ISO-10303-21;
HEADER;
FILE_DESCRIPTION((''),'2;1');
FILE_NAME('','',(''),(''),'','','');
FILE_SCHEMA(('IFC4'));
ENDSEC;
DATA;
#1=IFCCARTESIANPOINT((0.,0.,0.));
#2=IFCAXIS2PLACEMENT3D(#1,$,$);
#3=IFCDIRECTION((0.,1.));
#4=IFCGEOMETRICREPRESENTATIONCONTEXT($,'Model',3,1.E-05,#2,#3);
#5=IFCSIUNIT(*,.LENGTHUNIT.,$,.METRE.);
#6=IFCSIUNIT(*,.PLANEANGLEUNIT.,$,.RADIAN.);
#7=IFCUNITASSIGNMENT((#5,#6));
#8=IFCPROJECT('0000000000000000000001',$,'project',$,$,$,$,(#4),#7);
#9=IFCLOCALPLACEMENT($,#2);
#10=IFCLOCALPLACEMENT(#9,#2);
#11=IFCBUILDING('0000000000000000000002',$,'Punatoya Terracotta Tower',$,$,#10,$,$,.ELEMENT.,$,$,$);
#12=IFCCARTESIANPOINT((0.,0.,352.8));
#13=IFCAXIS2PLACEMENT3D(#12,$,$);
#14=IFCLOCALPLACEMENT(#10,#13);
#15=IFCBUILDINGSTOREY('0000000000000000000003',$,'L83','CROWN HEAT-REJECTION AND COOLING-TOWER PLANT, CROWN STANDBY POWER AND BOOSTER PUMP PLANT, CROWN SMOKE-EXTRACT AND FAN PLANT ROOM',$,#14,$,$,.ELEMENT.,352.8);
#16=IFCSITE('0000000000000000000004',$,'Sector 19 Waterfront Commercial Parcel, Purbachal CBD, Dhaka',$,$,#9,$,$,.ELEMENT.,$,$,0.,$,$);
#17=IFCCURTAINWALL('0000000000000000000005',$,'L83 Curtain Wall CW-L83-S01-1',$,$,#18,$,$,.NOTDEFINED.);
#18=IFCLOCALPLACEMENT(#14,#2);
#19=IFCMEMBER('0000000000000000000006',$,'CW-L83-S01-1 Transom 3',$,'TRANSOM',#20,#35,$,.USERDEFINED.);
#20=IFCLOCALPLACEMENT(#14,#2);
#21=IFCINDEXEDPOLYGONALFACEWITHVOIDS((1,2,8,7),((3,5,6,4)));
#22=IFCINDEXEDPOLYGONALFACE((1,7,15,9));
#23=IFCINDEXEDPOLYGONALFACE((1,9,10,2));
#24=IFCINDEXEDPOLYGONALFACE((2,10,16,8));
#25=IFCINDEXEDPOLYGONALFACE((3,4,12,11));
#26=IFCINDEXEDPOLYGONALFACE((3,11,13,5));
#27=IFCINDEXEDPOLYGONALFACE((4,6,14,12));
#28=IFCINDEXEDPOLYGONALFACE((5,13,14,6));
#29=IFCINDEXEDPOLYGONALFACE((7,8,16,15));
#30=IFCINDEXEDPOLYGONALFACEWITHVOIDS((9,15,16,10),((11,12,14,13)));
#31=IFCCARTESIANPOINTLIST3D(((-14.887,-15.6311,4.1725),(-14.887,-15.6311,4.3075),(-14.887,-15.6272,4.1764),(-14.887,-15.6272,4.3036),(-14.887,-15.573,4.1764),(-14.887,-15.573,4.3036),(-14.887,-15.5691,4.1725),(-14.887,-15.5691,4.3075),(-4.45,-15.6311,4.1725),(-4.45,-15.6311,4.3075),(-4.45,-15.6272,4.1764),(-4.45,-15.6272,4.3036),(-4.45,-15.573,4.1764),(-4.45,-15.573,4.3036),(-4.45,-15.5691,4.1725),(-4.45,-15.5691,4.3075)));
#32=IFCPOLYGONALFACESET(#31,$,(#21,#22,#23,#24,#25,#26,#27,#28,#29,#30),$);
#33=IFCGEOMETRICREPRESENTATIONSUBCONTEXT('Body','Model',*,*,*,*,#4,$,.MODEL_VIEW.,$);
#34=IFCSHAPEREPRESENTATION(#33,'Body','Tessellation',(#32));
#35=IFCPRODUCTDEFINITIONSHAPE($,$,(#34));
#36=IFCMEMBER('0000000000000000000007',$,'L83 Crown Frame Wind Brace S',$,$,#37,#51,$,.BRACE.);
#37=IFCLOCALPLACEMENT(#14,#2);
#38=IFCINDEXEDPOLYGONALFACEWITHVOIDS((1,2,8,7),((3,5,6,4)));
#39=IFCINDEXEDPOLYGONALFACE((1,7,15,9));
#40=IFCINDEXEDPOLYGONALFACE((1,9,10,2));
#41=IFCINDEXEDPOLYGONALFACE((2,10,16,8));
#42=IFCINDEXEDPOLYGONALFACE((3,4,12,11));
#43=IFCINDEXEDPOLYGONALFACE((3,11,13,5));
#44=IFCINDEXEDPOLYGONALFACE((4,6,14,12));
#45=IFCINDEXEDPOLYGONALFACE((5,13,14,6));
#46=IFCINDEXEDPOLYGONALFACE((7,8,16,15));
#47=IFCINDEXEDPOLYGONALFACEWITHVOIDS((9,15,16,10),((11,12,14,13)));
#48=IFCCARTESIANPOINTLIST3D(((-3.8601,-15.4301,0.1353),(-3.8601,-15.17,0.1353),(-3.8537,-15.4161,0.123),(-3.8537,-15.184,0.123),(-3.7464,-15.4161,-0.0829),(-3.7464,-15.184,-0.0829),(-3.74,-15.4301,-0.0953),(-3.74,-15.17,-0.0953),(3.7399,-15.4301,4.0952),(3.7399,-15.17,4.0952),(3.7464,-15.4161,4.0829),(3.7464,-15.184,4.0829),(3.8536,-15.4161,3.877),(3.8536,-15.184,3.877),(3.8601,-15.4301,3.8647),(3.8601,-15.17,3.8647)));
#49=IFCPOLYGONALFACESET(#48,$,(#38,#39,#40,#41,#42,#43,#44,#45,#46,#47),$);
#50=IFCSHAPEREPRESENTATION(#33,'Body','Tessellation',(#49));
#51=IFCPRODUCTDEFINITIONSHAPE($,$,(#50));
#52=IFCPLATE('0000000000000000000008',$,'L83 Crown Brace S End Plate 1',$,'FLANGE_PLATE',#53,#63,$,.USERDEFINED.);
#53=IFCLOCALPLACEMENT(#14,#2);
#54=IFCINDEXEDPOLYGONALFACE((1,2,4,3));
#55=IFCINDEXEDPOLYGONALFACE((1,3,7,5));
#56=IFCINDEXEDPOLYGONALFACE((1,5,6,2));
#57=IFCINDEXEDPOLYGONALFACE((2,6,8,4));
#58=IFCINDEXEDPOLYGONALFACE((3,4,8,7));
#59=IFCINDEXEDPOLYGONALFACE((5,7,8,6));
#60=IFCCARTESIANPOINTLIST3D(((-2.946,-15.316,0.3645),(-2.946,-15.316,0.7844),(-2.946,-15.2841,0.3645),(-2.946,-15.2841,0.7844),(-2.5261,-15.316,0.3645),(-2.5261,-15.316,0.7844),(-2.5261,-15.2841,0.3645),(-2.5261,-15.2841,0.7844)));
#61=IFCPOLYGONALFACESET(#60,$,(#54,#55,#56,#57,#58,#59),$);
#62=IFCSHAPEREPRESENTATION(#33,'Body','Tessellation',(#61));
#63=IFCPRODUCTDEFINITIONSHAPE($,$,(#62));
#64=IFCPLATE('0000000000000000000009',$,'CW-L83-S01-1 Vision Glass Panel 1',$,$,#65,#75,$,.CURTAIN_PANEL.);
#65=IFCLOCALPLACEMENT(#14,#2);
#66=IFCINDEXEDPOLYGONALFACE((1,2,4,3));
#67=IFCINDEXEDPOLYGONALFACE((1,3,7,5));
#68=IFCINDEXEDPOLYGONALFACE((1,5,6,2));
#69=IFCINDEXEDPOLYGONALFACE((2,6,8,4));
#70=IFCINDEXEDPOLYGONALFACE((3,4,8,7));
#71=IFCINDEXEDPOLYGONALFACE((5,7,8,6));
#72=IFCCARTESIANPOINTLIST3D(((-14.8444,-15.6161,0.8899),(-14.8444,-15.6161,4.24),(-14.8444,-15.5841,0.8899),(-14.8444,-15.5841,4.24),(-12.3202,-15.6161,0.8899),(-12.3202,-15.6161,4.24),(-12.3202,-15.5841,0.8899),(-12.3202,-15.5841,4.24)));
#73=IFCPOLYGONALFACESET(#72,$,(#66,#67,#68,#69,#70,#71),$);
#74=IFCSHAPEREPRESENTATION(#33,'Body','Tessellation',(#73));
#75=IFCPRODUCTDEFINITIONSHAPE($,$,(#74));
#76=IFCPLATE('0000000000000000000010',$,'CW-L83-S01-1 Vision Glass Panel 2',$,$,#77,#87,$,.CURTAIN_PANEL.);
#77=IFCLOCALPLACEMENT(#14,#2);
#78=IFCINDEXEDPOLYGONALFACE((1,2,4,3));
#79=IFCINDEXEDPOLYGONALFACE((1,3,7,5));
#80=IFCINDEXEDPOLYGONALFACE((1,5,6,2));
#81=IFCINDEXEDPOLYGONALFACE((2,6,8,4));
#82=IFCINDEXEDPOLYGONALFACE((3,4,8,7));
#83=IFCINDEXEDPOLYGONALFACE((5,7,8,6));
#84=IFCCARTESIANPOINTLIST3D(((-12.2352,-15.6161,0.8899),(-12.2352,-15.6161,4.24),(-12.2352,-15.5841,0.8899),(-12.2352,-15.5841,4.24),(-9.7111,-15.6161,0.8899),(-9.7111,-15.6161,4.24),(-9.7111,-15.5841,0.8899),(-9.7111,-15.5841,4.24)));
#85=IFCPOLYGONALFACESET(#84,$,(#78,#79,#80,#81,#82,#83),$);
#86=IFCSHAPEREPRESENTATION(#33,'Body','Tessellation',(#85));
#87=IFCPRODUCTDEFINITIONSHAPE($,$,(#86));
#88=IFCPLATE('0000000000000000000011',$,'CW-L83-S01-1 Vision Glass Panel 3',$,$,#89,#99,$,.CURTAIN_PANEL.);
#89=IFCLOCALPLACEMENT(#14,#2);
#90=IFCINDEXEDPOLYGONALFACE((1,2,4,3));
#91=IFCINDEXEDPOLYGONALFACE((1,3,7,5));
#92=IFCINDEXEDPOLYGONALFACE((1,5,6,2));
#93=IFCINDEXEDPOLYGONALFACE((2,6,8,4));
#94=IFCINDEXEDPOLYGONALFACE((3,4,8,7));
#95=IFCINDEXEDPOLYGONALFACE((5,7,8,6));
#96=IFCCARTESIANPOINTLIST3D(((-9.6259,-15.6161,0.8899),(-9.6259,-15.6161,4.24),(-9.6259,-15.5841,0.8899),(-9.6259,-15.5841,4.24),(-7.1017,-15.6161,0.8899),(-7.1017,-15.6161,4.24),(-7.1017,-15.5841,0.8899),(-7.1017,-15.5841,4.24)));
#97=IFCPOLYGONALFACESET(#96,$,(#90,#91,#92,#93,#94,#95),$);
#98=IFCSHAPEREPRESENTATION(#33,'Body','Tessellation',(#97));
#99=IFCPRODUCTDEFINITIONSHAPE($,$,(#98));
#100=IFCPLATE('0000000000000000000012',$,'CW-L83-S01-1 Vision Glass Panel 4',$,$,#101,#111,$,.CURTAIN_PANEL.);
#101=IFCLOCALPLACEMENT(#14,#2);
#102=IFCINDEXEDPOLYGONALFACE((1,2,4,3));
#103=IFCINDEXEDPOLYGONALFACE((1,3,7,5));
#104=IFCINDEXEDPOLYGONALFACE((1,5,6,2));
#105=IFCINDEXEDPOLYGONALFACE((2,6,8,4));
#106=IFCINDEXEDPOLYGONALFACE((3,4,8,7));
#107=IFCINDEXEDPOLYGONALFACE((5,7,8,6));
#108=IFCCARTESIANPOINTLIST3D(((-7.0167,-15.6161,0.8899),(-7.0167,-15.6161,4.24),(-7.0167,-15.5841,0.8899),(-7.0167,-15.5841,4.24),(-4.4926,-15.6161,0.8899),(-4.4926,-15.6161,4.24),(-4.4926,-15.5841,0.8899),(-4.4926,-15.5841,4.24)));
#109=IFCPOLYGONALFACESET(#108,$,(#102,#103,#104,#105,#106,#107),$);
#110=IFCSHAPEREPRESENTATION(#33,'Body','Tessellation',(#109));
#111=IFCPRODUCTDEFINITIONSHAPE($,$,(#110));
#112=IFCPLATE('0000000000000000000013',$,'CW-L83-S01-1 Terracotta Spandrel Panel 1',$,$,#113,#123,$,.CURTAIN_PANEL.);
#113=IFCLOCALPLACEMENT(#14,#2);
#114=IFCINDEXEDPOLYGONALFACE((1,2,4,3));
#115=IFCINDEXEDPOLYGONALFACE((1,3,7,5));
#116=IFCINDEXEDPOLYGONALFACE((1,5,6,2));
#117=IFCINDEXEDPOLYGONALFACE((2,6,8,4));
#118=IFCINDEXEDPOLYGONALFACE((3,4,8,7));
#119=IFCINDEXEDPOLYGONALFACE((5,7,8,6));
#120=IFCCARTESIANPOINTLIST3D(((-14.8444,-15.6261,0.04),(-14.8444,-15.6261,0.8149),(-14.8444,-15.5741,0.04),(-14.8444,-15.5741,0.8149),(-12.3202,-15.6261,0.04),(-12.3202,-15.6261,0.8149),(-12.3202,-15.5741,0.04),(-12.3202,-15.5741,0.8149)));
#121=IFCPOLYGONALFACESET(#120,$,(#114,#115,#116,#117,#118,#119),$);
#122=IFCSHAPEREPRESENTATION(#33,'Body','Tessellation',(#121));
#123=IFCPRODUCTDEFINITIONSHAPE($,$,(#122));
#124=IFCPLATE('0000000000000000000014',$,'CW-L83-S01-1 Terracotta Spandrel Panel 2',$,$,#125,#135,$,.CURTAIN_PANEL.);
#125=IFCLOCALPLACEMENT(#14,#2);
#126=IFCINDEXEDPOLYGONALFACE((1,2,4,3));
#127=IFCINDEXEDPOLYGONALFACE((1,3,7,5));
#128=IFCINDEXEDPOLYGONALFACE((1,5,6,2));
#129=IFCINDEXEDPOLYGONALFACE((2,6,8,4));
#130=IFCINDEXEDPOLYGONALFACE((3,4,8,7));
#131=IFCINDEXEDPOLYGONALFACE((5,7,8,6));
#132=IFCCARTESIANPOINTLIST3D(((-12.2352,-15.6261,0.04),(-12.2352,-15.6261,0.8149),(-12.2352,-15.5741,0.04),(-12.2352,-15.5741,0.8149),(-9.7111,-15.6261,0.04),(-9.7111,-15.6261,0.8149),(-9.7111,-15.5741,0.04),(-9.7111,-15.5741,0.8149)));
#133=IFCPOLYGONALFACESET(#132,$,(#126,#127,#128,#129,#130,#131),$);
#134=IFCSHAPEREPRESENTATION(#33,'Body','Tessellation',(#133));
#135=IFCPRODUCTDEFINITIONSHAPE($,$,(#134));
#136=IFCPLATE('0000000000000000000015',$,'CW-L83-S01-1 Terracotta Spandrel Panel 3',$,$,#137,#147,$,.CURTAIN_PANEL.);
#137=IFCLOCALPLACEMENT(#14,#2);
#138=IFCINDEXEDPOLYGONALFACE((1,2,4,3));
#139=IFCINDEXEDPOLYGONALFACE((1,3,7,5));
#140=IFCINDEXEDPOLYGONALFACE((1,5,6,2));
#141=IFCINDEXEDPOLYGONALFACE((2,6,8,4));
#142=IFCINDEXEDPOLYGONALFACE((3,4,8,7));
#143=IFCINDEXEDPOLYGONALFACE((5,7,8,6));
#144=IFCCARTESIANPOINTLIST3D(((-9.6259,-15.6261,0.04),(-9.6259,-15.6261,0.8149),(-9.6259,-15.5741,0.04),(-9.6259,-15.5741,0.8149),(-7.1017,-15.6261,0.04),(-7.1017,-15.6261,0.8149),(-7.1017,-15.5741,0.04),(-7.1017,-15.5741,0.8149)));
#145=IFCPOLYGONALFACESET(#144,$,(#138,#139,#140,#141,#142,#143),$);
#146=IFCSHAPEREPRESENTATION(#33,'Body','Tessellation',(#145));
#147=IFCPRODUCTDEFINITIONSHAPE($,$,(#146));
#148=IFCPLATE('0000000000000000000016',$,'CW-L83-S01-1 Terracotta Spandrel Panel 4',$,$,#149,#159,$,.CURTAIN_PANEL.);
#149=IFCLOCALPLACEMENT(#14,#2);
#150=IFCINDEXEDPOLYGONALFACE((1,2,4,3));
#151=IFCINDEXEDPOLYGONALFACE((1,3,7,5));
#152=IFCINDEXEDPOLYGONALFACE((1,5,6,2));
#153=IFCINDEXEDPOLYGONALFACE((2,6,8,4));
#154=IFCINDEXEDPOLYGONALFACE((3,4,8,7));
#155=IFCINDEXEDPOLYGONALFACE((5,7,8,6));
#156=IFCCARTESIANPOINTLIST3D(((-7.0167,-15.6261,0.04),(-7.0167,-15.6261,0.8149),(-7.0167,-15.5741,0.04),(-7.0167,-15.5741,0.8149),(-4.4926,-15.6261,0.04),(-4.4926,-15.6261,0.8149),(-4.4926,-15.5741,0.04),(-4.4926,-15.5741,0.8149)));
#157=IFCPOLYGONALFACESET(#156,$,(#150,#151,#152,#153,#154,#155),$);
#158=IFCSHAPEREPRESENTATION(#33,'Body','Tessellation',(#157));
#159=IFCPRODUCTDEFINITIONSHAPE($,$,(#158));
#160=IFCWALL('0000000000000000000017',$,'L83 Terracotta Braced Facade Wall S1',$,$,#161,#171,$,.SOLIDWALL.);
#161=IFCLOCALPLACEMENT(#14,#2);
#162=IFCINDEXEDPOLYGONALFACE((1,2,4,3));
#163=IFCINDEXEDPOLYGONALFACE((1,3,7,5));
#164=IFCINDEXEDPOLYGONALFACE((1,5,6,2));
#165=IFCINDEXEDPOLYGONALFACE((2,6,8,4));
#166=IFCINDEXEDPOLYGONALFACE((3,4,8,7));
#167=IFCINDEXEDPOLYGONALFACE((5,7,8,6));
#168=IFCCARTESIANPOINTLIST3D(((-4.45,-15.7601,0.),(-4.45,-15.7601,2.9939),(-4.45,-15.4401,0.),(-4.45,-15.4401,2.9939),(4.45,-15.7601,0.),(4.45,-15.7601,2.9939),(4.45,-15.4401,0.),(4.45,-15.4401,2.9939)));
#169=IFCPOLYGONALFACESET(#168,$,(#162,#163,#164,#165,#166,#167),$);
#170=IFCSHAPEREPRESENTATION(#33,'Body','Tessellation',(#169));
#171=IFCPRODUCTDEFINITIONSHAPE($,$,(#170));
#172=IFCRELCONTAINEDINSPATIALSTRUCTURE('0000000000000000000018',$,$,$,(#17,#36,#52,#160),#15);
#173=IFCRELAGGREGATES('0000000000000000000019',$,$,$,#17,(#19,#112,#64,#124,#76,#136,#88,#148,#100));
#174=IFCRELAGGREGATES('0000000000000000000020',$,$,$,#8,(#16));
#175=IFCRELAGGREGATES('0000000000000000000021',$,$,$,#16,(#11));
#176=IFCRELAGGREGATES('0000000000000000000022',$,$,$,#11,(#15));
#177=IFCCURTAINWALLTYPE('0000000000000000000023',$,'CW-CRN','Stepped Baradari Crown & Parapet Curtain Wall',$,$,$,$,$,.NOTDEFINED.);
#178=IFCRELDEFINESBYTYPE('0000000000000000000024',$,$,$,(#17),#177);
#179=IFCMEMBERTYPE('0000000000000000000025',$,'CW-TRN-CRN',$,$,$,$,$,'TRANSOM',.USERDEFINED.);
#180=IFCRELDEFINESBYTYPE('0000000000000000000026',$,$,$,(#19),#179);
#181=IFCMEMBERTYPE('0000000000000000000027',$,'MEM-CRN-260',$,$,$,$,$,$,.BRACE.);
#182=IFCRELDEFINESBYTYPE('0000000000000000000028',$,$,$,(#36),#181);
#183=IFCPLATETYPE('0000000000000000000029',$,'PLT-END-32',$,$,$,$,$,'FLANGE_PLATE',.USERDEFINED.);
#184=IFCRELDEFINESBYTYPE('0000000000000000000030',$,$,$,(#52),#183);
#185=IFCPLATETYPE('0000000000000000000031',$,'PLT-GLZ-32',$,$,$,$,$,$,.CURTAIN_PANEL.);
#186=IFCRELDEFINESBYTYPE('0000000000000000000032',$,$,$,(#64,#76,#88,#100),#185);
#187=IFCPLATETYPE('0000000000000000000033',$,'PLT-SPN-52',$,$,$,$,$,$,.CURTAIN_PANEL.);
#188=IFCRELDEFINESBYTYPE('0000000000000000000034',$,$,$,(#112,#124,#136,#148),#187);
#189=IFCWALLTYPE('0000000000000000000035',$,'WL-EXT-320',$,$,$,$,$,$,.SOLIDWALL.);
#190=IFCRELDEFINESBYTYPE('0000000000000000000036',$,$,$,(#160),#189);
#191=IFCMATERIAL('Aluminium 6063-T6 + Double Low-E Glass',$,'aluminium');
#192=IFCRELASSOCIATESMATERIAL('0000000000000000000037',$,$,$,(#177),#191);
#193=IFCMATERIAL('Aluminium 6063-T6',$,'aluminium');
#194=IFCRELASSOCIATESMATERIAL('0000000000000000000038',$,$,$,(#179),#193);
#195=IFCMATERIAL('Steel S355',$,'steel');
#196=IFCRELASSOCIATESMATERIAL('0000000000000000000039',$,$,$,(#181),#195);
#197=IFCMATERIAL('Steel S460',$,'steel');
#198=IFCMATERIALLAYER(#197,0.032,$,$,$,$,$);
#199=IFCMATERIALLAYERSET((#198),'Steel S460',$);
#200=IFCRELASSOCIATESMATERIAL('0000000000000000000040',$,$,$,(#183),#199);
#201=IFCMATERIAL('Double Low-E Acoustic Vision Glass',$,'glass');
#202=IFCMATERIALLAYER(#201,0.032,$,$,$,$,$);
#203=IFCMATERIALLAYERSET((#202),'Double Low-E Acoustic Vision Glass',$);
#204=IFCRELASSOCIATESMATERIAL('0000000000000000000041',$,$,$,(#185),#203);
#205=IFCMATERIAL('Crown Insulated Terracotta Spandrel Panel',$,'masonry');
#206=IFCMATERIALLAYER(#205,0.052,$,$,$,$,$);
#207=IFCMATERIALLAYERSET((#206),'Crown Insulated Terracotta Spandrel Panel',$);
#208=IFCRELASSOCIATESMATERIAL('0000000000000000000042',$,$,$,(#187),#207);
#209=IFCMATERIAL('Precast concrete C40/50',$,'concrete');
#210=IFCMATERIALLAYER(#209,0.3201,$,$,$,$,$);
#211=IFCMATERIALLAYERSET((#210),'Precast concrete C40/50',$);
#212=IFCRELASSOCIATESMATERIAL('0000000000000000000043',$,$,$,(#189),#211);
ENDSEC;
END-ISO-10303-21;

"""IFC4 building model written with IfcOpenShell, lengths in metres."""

from ifc_helpers import new_model, si_unit, direction, frame, frame_2d, origin, origin_2d, place, context, subcontext, project, spatial, rectangle, hollow_rectangle, extrude, material, layer, layer_set, material_profile, profile_set, type_object, element, aggregate, save


model = new_model("IFC4")

# Units and contexts
model_context = context("Model", 3, precision=1e-05, world=origin(), true_north=direction((0.0, 1.0)))
body_context = subcontext(model_context, "Body", "Model", "MODEL_VIEW")
ifc_project = project(units=[si_unit("LENGTHUNIT", "METRE"), si_unit("PLANEANGLEUNIT", "RADIAN")], contexts=[model_context])

# Site, building, storey
site_placement = place(None, origin())
site = spatial("IfcSite", under=ifc_project, at=site_placement, Name="Sector 19 Waterfront Commercial Parcel, Purbachal CBD, Dhaka", CompositionType="ELEMENT", RefElevation=0.0)
building_placement = place(site_placement, origin())
building = spatial("IfcBuilding", under=site, at=building_placement, Name="Punatoya Terracotta Tower", CompositionType="ELEMENT")
storey_placement = place(building_placement, frame((0.0, 0.0, 352.8)))
storey = spatial("IfcBuildingStorey", under=building, at=storey_placement, Name="L83", Description="CROWN HEAT-REJECTION AND COOLING-TOWER PLANT, CROWN STANDBY POWER AND BOOSTER PUMP PLANT, CROWN SMOKE-EXTRACT AND FAN PLANT ROOM", CompositionType="ELEMENT", Elevation=352.8)

# Shared definitions
ifc_material_1 = material(Name="Steel S355", Category="steel")

# Shared definitions
ifc_material_2 = material(Name="Steel S460", Category="steel")

# Curtain wall, member
ifc_material_3 = material(Name="Aluminium 6063-T6 + Double Low-E Glass", Category="aluminium")
curtain_wall_type = type_object("IfcCurtainWallType", Name="CW-CRN", Description="Stepped Baradari Crown & Parapet Curtain Wall", PredefinedType="NOTDEFINED", material=ifc_material_3)
curtain_wall_placement = place(storey_placement, origin())
curtain_wall = element("IfcCurtainWall", 1, at=curtain_wall_placement, inside=storey, type_object=curtain_wall_type, Name="L83 Curtain Wall CW-L83-S01-1", PredefinedType="NOTDEFINED")
ifc_material_4 = material(Name="Aluminium 6063-T6", Category="aluminium")
ifc_material_profile_1 = material_profile(ifc_material_4, hollow_rectangle(XDim=0.062, YDim=0.135, WallThickness=0.0039, at=origin_2d()))
ifc_profile_set_1 = profile_set([ifc_material_profile_1], Name="Aluminium 6063-T6")
member_type_1 = type_object("IfcMemberType", Name="CW-TRN-CRN", ElementType="TRANSOM", PredefinedType="USERDEFINED", material=ifc_profile_set_1)
member_1_placement = place(storey_placement, frame((-14.887, -15.6001, 4.24), z_axis=(1.0, 0.0, 0.0), x_axis=(0.0, 1.0, 0.0)))
member_1 = element("IfcMember", 2, at=member_1_placement, type_object=member_type_1, Name="CW-L83-S01-1 Transom 3", ObjectType="TRANSOM", PredefinedType="USERDEFINED", context=body_context, shape_type="SweptSolid", body=[
    extrude(hollow_rectangle(XDim=0.062, YDim=0.135, WallThickness=0.0039, at=origin_2d()), origin(), (0.0, 0.0, 1.0), 10.437),
])

# Member
ifc_material_profile_2 = material_profile(ifc_material_1, hollow_rectangle(XDim=0.26, YDim=0.26, WallThickness=0.0139, at=origin_2d()))
ifc_profile_set_2 = profile_set([ifc_material_profile_2], Name="Steel S355")
member_type_2 = type_object("IfcMemberType", Name="MEM-CRN-260", PredefinedType="BRACE", material=ifc_profile_set_2)
member_2_placement = place(storey_placement, frame((-3.8, -15.3, 0.02), z_axis=(0.886839, 0.0, 0.462079), x_axis=(0.0, 1.0, 0.0)))
element("IfcMember", 3, at=member_2_placement, inside=storey, type_object=member_type_2, Name="L83 Crown Frame Wind Brace S", PredefinedType="BRACE", context=body_context, shape_type="SweptSolid", body=[
    extrude(hollow_rectangle(XDim=0.26, YDim=0.26, WallThickness=0.0139, at=origin_2d()), origin(), (0.0, 0.0, 1.0), 8.5698),
])

# Plates
ifc_layer_1 = layer(ifc_material_2, 0.032)
ifc_layer_set_1 = layer_set([ifc_layer_1], Name="Steel S460")
plate_type_1 = type_object("IfcPlateType", Name="PLT-END-32", ElementType="FLANGE_PLATE", PredefinedType="USERDEFINED", material=ifc_layer_set_1)
plate_1_placement = place(storey_placement, frame((-2.7361, -15.3, 0.3645), z_axis=(0.0, 0.0, 1.0), x_axis=(1.0, 0.0, 0.0)))
element("IfcPlate", 4, at=plate_1_placement, inside=storey, type_object=plate_type_1, Name="L83 Crown Brace S End Plate 1", ObjectType="FLANGE_PLATE", PredefinedType="USERDEFINED", context=body_context, shape_type="SweptSolid", body=[
    extrude(rectangle(XDim=0.4199, YDim=0.032, at=origin_2d()), origin(), (0.0, 0.0, 1.0), 0.4199),
])
ifc_material_5 = material(Name="Double Low-E Acoustic Vision Glass", Category="glass")
ifc_layer_2 = layer(ifc_material_5, 0.032)
ifc_layer_set_2 = layer_set([ifc_layer_2], Name="Double Low-E Acoustic Vision Glass")
plate_type_2 = type_object("IfcPlateType", Name="PLT-GLZ-32", PredefinedType="CURTAIN_PANEL", material=ifc_layer_set_2)
plate_2_placement = place(storey_placement, frame((-13.5823, -15.6001, 0.8899), z_axis=(0.0, 0.0, 1.0), x_axis=(1.0, 0.0, 0.0)))
plate_2 = element("IfcPlate", 5, at=plate_2_placement, type_object=plate_type_2, Name="CW-L83-S01-1 Vision Glass Panel 1", PredefinedType="CURTAIN_PANEL", context=body_context, shape_type="SweptSolid", body=[
    extrude(rectangle(XDim=2.5242, YDim=0.032, at=origin_2d()), origin(), (0.0, 0.0, 1.0), 3.3501),
])
plate_3_placement = place(storey_placement, frame((-10.9731, -15.6001, 0.8899), z_axis=(0.0, 0.0, 1.0), x_axis=(1.0, 0.0, 0.0)))
plate_3 = element("IfcPlate", 6, at=plate_3_placement, type_object=plate_type_2, Name="CW-L83-S01-1 Vision Glass Panel 2", PredefinedType="CURTAIN_PANEL", context=body_context, shape_type="SweptSolid", body=[
    extrude(rectangle(XDim=2.5242, YDim=0.032, at=origin_2d()), origin(), (0.0, 0.0, 1.0), 3.3501),
])
plate_4_placement = place(storey_placement, frame((-8.3638, -15.6001, 0.8899), z_axis=(0.0, 0.0, 1.0), x_axis=(1.0, 0.0, 0.0)))
plate_4 = element("IfcPlate", 7, at=plate_4_placement, type_object=plate_type_2, Name="CW-L83-S01-1 Vision Glass Panel 3", PredefinedType="CURTAIN_PANEL", context=body_context, shape_type="SweptSolid", body=[
    extrude(rectangle(XDim=2.5242, YDim=0.032, at=origin_2d()), origin(), (0.0, 0.0, 1.0), 3.3501),
])
plate_5_placement = place(storey_placement, frame((-5.7546, -15.6001, 0.8899), z_axis=(0.0, 0.0, 1.0), x_axis=(1.0, 0.0, 0.0)))
plate_5 = element("IfcPlate", 8, at=plate_5_placement, type_object=plate_type_2, Name="CW-L83-S01-1 Vision Glass Panel 4", PredefinedType="CURTAIN_PANEL", context=body_context, shape_type="SweptSolid", body=[
    extrude(rectangle(XDim=2.5242, YDim=0.032, at=origin_2d()), origin(), (0.0, 0.0, 1.0), 3.3501),
])
ifc_material_6 = material(Name="Crown Insulated Terracotta Spandrel Panel", Category="masonry")
ifc_layer_3 = layer(ifc_material_6, 0.052)
ifc_layer_set_3 = layer_set([ifc_layer_3], Name="Crown Insulated Terracotta Spandrel Panel")
plate_type_3 = type_object("IfcPlateType", Name="PLT-SPN-52", PredefinedType="CURTAIN_PANEL", material=ifc_layer_set_3)
plate_6_placement = place(storey_placement, frame((-13.5823, -15.6001, 0.04), z_axis=(0.0, 0.0, 1.0), x_axis=(1.0, 0.0, 0.0)))
plate_6 = element("IfcPlate", 9, at=plate_6_placement, type_object=plate_type_3, Name="CW-L83-S01-1 Terracotta Spandrel Panel 1", PredefinedType="CURTAIN_PANEL", context=body_context, shape_type="SweptSolid", body=[
    extrude(rectangle(XDim=2.5242, YDim=0.052, at=origin_2d()), origin(), (0.0, 0.0, 1.0), 0.7749),
])
plate_7_placement = place(storey_placement, frame((-10.9731, -15.6001, 0.04), z_axis=(0.0, 0.0, 1.0), x_axis=(1.0, 0.0, 0.0)))
plate_7 = element("IfcPlate", 10, at=plate_7_placement, type_object=plate_type_3, Name="CW-L83-S01-1 Terracotta Spandrel Panel 2", PredefinedType="CURTAIN_PANEL", context=body_context, shape_type="SweptSolid", body=[
    extrude(rectangle(XDim=2.5242, YDim=0.052, at=origin_2d()), origin(), (0.0, 0.0, 1.0), 0.7749),
])
plate_8_placement = place(storey_placement, frame((-8.3638, -15.6001, 0.04), z_axis=(0.0, 0.0, 1.0), x_axis=(1.0, 0.0, 0.0)))
plate_8 = element("IfcPlate", 11, at=plate_8_placement, type_object=plate_type_3, Name="CW-L83-S01-1 Terracotta Spandrel Panel 3", PredefinedType="CURTAIN_PANEL", context=body_context, shape_type="SweptSolid", body=[
    extrude(rectangle(XDim=2.5242, YDim=0.052, at=origin_2d()), origin(), (0.0, 0.0, 1.0), 0.7749),
])
plate_9_placement = place(storey_placement, frame((-5.7546, -15.6001, 0.04), z_axis=(0.0, 0.0, 1.0), x_axis=(1.0, 0.0, 0.0)))
plate_9 = element("IfcPlate", 12, at=plate_9_placement, type_object=plate_type_3, Name="CW-L83-S01-1 Terracotta Spandrel Panel 4", PredefinedType="CURTAIN_PANEL", context=body_context, shape_type="SweptSolid", body=[
    extrude(rectangle(XDim=2.5242, YDim=0.052, at=origin_2d()), origin(), (0.0, 0.0, 1.0), 0.7749),
])
aggregate(curtain_wall, [member_1, plate_6, plate_2, plate_7, plate_3, plate_8, plate_4, plate_9, plate_5])

# Wall
ifc_material_7 = material(Name="Precast concrete C40/50", Category="concrete")
ifc_layer_4 = layer(ifc_material_7, 0.3201)
ifc_layer_set_4 = layer_set([ifc_layer_4], Name="Precast concrete C40/50")
wall_type = type_object("IfcWallType", Name="WL-EXT-320", PredefinedType="SOLIDWALL", material=ifc_layer_set_4)
wall_placement = place(storey_placement, frame((-4.45, -15.6001, 0.0), z_axis=(0.0, 0.0, 1.0), x_axis=(1.0, 0.0, 0.0)))
element("IfcWall", 13, at=wall_placement, inside=storey, type_object=wall_type, Name="L83 Terracotta Braced Facade Wall S1", PredefinedType="SOLIDWALL", context=body_context, shape_type="SweptSolid", body=[
    extrude(rectangle(XDim=8.8999, YDim=0.3201, at=frame_2d((4.45, 0.0))), origin(), (0.0, 0.0, 1.0), 2.9939),
])

save(model, "model.ifc")
